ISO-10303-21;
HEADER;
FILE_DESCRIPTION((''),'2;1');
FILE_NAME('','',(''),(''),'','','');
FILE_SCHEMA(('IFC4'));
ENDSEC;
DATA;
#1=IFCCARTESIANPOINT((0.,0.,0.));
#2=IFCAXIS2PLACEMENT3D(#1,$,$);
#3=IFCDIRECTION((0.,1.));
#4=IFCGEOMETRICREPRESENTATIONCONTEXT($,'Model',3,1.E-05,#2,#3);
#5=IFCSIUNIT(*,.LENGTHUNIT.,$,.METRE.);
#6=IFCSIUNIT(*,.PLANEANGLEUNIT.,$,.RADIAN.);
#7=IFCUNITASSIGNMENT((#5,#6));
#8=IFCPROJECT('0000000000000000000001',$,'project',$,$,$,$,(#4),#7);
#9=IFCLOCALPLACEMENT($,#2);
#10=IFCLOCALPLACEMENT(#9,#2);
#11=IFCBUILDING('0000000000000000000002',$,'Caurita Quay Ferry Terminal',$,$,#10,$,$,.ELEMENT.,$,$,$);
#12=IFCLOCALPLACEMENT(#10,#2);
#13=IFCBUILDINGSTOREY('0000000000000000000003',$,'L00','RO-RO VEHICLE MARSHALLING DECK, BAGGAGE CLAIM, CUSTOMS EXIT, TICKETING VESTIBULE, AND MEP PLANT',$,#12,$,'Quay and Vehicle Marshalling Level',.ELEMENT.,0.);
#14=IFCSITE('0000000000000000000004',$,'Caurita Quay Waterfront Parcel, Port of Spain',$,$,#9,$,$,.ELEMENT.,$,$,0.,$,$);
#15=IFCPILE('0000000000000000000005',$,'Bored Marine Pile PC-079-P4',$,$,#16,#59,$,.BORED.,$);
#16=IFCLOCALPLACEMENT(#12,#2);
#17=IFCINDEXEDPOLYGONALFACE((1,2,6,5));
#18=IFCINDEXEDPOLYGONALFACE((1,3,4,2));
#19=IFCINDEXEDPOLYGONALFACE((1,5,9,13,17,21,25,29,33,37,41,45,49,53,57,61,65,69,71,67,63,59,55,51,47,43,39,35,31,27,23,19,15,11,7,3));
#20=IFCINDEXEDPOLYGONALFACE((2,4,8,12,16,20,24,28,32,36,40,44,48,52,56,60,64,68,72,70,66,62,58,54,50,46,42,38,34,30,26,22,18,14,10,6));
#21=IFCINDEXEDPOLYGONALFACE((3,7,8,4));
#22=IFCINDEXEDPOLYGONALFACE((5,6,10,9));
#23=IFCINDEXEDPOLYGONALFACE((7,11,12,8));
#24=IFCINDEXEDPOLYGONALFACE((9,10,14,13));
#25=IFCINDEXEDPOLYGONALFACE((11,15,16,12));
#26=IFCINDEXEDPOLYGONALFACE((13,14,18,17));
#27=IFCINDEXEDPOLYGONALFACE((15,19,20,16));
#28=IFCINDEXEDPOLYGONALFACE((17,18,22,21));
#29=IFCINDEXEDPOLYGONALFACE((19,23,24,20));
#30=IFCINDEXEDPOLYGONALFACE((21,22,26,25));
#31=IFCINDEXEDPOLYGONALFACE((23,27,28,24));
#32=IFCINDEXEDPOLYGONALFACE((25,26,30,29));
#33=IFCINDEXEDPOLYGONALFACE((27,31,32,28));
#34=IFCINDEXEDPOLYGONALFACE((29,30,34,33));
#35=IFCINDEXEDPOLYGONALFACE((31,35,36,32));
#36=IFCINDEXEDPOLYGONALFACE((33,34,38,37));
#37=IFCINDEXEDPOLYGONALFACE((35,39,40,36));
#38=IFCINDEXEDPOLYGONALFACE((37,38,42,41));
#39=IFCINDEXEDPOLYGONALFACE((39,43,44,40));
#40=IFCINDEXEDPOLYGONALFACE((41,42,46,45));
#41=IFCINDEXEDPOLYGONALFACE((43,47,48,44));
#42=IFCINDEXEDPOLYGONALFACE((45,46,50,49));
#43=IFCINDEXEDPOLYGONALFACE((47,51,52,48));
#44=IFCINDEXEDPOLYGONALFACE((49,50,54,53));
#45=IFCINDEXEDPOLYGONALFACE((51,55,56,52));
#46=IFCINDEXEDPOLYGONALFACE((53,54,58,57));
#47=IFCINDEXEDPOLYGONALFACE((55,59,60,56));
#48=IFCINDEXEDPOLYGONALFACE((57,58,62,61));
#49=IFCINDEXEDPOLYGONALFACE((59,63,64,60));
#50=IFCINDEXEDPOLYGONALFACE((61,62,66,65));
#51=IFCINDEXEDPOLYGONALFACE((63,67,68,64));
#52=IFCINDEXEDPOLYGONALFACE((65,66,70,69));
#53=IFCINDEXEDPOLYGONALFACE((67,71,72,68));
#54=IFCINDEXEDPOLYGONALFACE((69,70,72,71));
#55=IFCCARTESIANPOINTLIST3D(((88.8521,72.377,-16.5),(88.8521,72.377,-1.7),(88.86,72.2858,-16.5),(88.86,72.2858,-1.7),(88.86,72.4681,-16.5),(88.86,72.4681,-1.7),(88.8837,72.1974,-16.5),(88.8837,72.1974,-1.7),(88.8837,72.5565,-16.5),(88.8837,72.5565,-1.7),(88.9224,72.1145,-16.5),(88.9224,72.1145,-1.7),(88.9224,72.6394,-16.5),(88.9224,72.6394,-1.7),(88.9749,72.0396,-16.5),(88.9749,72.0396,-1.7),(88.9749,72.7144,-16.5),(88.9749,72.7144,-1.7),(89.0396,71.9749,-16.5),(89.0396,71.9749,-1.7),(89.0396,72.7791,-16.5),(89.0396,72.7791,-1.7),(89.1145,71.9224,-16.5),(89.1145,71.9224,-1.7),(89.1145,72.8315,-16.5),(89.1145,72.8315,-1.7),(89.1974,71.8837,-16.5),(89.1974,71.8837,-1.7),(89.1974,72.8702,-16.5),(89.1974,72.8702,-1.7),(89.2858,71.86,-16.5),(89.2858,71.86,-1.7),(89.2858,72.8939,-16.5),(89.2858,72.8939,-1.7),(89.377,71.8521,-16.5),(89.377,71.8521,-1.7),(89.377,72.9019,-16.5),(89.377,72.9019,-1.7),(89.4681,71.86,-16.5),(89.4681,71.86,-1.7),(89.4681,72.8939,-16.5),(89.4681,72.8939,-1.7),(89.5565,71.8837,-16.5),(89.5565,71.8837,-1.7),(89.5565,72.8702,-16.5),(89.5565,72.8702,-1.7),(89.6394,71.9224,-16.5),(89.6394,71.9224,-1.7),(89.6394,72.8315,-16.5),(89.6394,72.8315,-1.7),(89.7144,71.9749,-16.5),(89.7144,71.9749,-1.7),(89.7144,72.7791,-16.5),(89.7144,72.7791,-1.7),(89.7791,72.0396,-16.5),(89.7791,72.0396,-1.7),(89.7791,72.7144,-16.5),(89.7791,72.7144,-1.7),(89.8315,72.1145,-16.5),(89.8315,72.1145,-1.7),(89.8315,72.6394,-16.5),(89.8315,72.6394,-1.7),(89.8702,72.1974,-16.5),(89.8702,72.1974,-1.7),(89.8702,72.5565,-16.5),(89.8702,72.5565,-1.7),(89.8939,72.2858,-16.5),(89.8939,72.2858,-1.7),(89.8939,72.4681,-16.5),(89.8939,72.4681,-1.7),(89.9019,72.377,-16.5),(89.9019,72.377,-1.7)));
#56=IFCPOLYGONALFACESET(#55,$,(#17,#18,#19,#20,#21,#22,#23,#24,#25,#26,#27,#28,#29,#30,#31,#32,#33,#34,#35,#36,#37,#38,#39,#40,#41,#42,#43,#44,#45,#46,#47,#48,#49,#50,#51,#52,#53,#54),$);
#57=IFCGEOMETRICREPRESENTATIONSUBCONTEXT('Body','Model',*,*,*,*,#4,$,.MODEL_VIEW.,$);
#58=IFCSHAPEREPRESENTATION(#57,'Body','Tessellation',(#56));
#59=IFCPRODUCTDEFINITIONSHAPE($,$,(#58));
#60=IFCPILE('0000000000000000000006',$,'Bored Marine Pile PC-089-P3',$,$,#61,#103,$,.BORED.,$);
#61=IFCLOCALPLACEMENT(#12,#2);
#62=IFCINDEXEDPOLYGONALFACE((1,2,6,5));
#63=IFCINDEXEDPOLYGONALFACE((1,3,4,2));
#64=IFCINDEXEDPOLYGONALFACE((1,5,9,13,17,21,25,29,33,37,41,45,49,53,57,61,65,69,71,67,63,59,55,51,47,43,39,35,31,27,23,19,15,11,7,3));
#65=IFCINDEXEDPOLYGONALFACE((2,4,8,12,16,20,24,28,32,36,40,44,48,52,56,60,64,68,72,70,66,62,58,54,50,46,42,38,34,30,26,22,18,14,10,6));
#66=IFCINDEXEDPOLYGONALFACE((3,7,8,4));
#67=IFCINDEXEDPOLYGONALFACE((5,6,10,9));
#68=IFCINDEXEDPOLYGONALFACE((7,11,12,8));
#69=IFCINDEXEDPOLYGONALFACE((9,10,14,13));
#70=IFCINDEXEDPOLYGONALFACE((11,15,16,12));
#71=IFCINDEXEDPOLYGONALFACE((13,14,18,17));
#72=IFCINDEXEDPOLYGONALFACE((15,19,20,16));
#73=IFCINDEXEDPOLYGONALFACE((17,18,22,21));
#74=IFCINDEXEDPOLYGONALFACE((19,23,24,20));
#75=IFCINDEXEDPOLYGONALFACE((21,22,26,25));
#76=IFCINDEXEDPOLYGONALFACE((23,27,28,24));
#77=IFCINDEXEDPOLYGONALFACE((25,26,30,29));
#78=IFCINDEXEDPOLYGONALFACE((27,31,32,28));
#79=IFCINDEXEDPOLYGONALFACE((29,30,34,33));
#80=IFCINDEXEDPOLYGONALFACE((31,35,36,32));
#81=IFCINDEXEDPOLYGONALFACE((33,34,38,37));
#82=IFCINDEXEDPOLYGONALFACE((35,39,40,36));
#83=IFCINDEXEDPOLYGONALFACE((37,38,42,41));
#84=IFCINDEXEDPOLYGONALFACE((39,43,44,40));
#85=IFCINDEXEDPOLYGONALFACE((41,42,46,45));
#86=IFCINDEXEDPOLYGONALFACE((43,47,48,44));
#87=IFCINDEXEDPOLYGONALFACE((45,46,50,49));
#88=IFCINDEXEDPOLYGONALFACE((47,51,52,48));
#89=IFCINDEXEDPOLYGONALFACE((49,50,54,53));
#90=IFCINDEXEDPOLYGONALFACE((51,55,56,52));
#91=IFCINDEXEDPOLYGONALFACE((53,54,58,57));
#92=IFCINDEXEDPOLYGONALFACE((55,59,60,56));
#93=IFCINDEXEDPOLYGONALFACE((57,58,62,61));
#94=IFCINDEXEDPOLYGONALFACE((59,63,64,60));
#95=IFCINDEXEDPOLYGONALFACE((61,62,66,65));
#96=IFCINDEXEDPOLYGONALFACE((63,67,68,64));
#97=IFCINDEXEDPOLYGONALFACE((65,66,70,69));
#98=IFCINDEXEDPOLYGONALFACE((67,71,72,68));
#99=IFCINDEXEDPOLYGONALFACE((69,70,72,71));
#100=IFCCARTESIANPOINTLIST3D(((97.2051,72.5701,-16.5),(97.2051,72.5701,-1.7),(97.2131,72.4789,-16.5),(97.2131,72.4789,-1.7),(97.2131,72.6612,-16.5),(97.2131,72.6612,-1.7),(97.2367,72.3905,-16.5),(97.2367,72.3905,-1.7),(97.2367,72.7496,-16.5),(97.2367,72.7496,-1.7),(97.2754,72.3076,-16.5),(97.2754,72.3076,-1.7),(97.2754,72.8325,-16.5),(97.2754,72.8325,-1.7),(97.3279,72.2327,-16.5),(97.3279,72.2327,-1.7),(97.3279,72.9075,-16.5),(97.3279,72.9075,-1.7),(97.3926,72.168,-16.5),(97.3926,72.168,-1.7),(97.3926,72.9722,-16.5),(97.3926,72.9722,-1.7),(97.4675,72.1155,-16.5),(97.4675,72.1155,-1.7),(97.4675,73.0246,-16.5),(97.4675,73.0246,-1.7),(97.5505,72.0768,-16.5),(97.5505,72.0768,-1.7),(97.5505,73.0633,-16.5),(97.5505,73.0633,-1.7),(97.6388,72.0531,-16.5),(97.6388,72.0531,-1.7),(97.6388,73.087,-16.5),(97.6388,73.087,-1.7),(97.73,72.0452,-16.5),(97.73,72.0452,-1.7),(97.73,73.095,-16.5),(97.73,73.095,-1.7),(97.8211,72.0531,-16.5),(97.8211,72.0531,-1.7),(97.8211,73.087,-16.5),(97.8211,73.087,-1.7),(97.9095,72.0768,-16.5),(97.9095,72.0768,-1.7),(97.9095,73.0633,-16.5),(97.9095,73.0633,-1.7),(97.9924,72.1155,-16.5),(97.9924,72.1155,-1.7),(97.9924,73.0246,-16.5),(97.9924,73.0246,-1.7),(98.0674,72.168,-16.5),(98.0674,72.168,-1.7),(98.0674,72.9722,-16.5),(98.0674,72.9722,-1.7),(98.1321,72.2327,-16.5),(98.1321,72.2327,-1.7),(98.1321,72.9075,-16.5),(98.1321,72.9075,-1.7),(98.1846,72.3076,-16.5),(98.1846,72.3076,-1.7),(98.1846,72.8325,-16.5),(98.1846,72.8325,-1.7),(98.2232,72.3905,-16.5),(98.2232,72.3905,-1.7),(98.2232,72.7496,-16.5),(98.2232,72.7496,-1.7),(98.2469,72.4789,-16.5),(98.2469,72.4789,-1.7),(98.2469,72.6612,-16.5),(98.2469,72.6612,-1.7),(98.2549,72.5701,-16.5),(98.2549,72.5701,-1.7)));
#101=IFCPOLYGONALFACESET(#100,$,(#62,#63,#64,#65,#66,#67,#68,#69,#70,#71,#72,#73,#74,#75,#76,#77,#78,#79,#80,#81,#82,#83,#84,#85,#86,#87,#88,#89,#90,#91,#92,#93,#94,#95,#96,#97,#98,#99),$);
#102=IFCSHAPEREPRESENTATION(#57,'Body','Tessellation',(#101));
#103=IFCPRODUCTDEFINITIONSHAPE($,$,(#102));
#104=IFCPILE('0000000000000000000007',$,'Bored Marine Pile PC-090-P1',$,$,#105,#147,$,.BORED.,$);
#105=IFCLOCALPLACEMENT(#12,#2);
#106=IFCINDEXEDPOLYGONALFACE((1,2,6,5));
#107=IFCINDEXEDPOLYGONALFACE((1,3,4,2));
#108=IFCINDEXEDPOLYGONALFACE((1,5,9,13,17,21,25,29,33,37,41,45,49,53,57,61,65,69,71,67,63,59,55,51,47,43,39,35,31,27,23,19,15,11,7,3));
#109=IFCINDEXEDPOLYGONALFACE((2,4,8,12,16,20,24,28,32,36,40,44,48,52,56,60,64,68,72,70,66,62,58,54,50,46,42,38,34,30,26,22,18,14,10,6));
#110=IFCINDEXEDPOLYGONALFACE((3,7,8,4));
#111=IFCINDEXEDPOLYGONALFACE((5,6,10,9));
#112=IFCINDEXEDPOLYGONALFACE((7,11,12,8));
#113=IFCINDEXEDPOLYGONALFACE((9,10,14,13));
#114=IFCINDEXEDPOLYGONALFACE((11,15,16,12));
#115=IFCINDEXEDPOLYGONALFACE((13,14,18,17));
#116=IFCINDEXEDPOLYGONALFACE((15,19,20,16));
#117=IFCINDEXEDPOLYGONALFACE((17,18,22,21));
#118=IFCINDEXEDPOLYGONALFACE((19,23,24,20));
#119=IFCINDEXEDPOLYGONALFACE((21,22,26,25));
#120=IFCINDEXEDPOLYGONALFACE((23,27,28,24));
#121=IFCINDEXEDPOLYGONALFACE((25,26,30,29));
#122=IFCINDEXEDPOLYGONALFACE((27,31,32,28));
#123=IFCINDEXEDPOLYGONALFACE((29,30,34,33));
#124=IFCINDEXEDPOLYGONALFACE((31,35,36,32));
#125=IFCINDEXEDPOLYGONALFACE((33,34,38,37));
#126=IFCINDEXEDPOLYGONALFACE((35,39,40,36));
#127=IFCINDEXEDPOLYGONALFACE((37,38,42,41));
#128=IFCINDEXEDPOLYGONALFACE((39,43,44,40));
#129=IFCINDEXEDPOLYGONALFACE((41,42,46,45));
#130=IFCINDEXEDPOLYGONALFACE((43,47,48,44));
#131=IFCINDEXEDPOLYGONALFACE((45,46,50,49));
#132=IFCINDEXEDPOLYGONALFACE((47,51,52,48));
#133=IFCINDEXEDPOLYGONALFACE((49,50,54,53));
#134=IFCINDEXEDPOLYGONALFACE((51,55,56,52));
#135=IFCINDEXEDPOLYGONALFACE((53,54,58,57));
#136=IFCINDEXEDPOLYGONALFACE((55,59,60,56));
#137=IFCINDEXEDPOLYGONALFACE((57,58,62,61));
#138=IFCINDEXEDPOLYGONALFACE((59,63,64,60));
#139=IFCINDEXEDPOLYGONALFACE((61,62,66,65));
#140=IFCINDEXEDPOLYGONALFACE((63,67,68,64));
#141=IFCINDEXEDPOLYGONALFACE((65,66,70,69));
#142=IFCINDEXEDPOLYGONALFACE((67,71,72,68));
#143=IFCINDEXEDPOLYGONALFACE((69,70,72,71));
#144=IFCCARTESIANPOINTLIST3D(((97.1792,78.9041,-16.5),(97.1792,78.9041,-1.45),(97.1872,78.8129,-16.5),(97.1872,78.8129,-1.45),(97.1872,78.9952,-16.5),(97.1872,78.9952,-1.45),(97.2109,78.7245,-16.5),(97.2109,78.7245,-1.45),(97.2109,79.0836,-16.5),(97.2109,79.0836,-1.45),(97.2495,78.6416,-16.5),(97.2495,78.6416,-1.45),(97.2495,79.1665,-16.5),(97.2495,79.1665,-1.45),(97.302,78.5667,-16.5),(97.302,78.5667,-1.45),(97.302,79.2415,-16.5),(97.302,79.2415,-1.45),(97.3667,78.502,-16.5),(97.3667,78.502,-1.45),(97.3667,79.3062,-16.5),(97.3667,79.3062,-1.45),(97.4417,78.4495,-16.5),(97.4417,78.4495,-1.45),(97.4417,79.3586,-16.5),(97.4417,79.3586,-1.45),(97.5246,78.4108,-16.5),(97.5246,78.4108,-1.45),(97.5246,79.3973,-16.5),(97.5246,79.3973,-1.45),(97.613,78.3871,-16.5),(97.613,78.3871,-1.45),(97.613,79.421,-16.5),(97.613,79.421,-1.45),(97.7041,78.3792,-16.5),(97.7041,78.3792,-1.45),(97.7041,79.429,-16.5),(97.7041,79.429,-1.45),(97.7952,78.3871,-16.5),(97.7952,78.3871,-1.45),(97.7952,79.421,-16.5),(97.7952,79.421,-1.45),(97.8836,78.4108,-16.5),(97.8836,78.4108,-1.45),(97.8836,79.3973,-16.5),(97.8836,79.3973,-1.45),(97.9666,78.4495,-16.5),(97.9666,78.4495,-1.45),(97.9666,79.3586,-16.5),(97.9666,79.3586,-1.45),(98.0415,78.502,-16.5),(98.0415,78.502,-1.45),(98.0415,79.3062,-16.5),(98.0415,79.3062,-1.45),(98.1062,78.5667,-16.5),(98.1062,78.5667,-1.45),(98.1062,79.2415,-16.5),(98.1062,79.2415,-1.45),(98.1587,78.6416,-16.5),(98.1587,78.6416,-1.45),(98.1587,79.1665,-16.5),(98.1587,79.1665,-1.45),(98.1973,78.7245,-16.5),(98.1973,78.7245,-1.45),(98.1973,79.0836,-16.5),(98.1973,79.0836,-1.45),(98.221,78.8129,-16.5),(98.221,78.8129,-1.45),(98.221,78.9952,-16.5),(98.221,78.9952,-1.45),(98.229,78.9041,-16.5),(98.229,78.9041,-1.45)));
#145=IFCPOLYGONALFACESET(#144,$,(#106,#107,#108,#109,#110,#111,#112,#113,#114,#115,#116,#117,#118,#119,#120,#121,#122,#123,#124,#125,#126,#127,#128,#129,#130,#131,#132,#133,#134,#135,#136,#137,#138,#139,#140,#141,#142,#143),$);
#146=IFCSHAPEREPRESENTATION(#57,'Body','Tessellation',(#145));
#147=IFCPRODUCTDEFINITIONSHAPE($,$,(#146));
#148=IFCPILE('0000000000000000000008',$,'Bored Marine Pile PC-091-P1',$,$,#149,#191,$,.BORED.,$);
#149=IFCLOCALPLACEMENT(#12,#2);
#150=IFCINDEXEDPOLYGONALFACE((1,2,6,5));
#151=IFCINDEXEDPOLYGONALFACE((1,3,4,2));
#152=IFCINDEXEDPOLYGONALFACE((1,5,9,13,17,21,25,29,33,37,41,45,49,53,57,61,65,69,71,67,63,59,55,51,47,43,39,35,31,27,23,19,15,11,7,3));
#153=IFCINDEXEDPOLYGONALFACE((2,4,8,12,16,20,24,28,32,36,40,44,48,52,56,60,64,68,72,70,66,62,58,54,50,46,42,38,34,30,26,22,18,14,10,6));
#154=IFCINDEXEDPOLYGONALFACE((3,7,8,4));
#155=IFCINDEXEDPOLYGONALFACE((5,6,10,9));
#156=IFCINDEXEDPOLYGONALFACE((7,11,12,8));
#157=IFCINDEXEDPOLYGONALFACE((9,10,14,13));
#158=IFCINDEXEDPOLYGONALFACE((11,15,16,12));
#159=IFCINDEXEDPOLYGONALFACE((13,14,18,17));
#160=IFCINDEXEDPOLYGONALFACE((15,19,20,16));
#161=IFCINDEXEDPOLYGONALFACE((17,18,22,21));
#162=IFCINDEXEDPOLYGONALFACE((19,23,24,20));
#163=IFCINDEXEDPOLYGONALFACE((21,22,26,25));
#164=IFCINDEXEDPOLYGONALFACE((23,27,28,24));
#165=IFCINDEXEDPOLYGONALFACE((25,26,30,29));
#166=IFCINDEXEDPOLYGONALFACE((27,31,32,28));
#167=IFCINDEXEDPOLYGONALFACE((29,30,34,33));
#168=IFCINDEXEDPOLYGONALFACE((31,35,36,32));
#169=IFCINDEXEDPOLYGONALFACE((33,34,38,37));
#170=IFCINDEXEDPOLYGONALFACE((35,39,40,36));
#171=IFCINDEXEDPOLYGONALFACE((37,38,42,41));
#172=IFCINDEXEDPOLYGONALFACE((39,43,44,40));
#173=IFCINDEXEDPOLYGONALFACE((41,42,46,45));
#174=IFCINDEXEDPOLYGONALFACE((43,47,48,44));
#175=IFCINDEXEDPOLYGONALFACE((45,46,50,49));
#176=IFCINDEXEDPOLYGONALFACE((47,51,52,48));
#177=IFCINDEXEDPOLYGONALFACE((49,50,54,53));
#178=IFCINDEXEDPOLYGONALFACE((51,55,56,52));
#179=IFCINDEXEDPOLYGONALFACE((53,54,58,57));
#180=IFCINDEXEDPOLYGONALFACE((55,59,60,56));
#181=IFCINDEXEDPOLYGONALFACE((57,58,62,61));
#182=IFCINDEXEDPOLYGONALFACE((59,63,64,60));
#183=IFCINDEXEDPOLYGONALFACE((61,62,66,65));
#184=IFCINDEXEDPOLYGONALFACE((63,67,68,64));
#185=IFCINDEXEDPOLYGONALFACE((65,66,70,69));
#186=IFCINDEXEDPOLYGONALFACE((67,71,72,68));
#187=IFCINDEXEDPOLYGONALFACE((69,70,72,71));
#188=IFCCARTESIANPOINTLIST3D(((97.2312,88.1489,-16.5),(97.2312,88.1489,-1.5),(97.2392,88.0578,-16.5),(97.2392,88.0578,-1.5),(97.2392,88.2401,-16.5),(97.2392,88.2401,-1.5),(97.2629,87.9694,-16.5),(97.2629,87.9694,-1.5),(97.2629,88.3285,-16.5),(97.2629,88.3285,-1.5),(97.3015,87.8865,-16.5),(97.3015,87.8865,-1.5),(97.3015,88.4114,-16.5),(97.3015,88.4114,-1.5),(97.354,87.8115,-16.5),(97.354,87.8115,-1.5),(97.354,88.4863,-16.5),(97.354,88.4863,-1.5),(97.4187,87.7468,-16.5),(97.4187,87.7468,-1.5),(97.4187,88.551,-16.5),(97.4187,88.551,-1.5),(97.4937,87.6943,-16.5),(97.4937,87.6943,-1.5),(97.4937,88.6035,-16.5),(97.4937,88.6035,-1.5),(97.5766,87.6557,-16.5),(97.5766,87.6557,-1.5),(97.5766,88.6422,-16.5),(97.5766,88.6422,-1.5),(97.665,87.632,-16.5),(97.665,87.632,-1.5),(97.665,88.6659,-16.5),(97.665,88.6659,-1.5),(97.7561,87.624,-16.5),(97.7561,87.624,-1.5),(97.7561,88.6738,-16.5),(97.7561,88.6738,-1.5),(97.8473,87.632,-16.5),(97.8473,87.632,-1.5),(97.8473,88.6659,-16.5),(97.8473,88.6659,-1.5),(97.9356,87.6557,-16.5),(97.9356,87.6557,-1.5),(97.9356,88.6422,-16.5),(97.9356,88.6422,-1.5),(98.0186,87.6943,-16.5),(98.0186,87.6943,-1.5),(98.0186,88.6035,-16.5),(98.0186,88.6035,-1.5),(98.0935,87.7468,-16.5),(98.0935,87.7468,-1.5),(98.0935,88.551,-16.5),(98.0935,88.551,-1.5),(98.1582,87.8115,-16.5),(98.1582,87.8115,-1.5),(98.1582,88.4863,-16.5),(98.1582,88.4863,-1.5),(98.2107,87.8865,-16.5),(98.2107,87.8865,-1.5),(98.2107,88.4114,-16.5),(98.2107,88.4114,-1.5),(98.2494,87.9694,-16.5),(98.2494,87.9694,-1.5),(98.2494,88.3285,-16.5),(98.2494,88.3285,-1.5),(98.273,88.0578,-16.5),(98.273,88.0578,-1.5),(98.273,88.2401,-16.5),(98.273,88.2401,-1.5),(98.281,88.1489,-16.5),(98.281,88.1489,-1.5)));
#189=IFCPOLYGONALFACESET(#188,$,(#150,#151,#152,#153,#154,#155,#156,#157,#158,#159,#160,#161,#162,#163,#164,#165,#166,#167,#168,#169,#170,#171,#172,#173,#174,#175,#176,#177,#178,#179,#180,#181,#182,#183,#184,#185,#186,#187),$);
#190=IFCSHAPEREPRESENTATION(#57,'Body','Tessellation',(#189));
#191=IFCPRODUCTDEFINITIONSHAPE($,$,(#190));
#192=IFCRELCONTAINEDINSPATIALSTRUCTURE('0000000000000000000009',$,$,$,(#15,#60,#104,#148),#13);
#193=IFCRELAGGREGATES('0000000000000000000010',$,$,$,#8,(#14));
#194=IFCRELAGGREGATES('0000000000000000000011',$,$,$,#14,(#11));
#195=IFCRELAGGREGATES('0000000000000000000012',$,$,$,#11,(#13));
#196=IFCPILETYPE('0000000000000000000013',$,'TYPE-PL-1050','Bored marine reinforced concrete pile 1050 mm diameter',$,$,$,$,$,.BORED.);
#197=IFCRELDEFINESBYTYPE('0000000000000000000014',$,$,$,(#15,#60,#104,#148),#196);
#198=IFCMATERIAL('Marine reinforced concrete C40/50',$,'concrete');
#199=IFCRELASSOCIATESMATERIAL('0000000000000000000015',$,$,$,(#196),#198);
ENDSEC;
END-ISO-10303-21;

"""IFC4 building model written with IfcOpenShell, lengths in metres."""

from ifc_helpers import new_model, si_unit, direction, frame, origin, origin_2d, place, context, subcontext, project, spatial, circle, extrude, material, material_profile, profile_set, type_object, element, save


model = new_model("IFC4")

# Units and contexts
model_context = context("Model", 3, precision=1e-05, world=origin(), true_north=direction((0.0, 1.0)))
body_context = subcontext(model_context, "Body", "Model", "MODEL_VIEW")
ifc_project = project(units=[si_unit("LENGTHUNIT", "METRE"), si_unit("PLANEANGLEUNIT", "RADIAN")], contexts=[model_context])

# Site, building, storey
site_placement = place(None, origin())
site = spatial("IfcSite", under=ifc_project, at=site_placement, Name="Caurita Quay Waterfront Parcel, Port of Spain", CompositionType="ELEMENT", RefElevation=0.0)
building_placement = place(site_placement, origin())
building = spatial("IfcBuilding", under=site, at=building_placement, Name="Caurita Quay Ferry Terminal", CompositionType="ELEMENT")
storey_placement = place(building_placement, origin())
storey = spatial("IfcBuildingStorey", under=building, at=storey_placement, Name="L00", Description="RO-RO VEHICLE MARSHALLING DECK, BAGGAGE CLAIM, CUSTOMS EXIT, TICKETING VESTIBULE, AND MEP PLANT", LongName="Quay and Vehicle Marshalling Level", CompositionType="ELEMENT", Elevation=0.0)

# Piles
ifc_material_1 = material(Name="Marine reinforced concrete C40/50", Category="concrete")
ifc_material_profile_1 = material_profile(ifc_material_1, circle(Radius=0.5249, at=origin_2d()), Name="PILE-D1050")
ifc_profile_set_1 = profile_set([ifc_material_profile_1], Name="Marine reinforced concrete C40/50")
pile_type_1 = type_object("IfcPileType", Name="TYPE-PL-1050", Description="Bored marine reinforced concrete pile 1050 mm diameter", PredefinedType="BORED", material=ifc_profile_set_1)
for number, where, z_axis, x_axis, name in (
    (1, (89.377, 72.377, -1.7), (0.0, 0.0, -1.0), (1.0, 0.0, 0.0), "Bored Marine Pile PC-079-P4"),
    (2, (97.73, 72.5701, -1.7), (0.0, 0.0, -1.0), (1.0, 0.0, 0.0), "Bored Marine Pile PC-089-P3"),
):
    element("IfcPile", number, at=place(storey_placement, frame(where, z_axis=z_axis, x_axis=x_axis)), inside=storey, type_object=pile_type_1, Name=name, PredefinedType="BORED", context=body_context, shape_type="SweptSolid", body=[
        extrude(circle(Radius=0.5249, at=origin_2d()), origin(), (0.0, 0.0, 1.0), 14.8),
    ])
pile_1_placement = place(storey_placement, frame((97.7041, 78.9041, -1.45), z_axis=(0.0, 0.0, -1.0), x_axis=(1.0, 0.0, 0.0)))
element("IfcPile", 3, at=pile_1_placement, inside=storey, type_object=pile_type_1, Name="Bored Marine Pile PC-090-P1", PredefinedType="BORED", context=body_context, shape_type="SweptSolid", body=[
    extrude(circle(Radius=0.5249, at=origin_2d()), origin(), (0.0, 0.0, 1.0), 15.05),
])
pile_2_placement = place(storey_placement, frame((97.7561, 88.1489, -1.5), z_axis=(0.0, 0.0, -1.0), x_axis=(1.0, 0.0, 0.0)))
element("IfcPile", 4, at=pile_2_placement, inside=storey, type_object=pile_type_1, Name="Bored Marine Pile PC-091-P1", PredefinedType="BORED", context=body_context, shape_type="SweptSolid", body=[
    extrude(circle(Radius=0.5249, at=origin_2d()), origin(), (0.0, 0.0, 1.0), 15.0),
])

save(model, "model.ifc")
